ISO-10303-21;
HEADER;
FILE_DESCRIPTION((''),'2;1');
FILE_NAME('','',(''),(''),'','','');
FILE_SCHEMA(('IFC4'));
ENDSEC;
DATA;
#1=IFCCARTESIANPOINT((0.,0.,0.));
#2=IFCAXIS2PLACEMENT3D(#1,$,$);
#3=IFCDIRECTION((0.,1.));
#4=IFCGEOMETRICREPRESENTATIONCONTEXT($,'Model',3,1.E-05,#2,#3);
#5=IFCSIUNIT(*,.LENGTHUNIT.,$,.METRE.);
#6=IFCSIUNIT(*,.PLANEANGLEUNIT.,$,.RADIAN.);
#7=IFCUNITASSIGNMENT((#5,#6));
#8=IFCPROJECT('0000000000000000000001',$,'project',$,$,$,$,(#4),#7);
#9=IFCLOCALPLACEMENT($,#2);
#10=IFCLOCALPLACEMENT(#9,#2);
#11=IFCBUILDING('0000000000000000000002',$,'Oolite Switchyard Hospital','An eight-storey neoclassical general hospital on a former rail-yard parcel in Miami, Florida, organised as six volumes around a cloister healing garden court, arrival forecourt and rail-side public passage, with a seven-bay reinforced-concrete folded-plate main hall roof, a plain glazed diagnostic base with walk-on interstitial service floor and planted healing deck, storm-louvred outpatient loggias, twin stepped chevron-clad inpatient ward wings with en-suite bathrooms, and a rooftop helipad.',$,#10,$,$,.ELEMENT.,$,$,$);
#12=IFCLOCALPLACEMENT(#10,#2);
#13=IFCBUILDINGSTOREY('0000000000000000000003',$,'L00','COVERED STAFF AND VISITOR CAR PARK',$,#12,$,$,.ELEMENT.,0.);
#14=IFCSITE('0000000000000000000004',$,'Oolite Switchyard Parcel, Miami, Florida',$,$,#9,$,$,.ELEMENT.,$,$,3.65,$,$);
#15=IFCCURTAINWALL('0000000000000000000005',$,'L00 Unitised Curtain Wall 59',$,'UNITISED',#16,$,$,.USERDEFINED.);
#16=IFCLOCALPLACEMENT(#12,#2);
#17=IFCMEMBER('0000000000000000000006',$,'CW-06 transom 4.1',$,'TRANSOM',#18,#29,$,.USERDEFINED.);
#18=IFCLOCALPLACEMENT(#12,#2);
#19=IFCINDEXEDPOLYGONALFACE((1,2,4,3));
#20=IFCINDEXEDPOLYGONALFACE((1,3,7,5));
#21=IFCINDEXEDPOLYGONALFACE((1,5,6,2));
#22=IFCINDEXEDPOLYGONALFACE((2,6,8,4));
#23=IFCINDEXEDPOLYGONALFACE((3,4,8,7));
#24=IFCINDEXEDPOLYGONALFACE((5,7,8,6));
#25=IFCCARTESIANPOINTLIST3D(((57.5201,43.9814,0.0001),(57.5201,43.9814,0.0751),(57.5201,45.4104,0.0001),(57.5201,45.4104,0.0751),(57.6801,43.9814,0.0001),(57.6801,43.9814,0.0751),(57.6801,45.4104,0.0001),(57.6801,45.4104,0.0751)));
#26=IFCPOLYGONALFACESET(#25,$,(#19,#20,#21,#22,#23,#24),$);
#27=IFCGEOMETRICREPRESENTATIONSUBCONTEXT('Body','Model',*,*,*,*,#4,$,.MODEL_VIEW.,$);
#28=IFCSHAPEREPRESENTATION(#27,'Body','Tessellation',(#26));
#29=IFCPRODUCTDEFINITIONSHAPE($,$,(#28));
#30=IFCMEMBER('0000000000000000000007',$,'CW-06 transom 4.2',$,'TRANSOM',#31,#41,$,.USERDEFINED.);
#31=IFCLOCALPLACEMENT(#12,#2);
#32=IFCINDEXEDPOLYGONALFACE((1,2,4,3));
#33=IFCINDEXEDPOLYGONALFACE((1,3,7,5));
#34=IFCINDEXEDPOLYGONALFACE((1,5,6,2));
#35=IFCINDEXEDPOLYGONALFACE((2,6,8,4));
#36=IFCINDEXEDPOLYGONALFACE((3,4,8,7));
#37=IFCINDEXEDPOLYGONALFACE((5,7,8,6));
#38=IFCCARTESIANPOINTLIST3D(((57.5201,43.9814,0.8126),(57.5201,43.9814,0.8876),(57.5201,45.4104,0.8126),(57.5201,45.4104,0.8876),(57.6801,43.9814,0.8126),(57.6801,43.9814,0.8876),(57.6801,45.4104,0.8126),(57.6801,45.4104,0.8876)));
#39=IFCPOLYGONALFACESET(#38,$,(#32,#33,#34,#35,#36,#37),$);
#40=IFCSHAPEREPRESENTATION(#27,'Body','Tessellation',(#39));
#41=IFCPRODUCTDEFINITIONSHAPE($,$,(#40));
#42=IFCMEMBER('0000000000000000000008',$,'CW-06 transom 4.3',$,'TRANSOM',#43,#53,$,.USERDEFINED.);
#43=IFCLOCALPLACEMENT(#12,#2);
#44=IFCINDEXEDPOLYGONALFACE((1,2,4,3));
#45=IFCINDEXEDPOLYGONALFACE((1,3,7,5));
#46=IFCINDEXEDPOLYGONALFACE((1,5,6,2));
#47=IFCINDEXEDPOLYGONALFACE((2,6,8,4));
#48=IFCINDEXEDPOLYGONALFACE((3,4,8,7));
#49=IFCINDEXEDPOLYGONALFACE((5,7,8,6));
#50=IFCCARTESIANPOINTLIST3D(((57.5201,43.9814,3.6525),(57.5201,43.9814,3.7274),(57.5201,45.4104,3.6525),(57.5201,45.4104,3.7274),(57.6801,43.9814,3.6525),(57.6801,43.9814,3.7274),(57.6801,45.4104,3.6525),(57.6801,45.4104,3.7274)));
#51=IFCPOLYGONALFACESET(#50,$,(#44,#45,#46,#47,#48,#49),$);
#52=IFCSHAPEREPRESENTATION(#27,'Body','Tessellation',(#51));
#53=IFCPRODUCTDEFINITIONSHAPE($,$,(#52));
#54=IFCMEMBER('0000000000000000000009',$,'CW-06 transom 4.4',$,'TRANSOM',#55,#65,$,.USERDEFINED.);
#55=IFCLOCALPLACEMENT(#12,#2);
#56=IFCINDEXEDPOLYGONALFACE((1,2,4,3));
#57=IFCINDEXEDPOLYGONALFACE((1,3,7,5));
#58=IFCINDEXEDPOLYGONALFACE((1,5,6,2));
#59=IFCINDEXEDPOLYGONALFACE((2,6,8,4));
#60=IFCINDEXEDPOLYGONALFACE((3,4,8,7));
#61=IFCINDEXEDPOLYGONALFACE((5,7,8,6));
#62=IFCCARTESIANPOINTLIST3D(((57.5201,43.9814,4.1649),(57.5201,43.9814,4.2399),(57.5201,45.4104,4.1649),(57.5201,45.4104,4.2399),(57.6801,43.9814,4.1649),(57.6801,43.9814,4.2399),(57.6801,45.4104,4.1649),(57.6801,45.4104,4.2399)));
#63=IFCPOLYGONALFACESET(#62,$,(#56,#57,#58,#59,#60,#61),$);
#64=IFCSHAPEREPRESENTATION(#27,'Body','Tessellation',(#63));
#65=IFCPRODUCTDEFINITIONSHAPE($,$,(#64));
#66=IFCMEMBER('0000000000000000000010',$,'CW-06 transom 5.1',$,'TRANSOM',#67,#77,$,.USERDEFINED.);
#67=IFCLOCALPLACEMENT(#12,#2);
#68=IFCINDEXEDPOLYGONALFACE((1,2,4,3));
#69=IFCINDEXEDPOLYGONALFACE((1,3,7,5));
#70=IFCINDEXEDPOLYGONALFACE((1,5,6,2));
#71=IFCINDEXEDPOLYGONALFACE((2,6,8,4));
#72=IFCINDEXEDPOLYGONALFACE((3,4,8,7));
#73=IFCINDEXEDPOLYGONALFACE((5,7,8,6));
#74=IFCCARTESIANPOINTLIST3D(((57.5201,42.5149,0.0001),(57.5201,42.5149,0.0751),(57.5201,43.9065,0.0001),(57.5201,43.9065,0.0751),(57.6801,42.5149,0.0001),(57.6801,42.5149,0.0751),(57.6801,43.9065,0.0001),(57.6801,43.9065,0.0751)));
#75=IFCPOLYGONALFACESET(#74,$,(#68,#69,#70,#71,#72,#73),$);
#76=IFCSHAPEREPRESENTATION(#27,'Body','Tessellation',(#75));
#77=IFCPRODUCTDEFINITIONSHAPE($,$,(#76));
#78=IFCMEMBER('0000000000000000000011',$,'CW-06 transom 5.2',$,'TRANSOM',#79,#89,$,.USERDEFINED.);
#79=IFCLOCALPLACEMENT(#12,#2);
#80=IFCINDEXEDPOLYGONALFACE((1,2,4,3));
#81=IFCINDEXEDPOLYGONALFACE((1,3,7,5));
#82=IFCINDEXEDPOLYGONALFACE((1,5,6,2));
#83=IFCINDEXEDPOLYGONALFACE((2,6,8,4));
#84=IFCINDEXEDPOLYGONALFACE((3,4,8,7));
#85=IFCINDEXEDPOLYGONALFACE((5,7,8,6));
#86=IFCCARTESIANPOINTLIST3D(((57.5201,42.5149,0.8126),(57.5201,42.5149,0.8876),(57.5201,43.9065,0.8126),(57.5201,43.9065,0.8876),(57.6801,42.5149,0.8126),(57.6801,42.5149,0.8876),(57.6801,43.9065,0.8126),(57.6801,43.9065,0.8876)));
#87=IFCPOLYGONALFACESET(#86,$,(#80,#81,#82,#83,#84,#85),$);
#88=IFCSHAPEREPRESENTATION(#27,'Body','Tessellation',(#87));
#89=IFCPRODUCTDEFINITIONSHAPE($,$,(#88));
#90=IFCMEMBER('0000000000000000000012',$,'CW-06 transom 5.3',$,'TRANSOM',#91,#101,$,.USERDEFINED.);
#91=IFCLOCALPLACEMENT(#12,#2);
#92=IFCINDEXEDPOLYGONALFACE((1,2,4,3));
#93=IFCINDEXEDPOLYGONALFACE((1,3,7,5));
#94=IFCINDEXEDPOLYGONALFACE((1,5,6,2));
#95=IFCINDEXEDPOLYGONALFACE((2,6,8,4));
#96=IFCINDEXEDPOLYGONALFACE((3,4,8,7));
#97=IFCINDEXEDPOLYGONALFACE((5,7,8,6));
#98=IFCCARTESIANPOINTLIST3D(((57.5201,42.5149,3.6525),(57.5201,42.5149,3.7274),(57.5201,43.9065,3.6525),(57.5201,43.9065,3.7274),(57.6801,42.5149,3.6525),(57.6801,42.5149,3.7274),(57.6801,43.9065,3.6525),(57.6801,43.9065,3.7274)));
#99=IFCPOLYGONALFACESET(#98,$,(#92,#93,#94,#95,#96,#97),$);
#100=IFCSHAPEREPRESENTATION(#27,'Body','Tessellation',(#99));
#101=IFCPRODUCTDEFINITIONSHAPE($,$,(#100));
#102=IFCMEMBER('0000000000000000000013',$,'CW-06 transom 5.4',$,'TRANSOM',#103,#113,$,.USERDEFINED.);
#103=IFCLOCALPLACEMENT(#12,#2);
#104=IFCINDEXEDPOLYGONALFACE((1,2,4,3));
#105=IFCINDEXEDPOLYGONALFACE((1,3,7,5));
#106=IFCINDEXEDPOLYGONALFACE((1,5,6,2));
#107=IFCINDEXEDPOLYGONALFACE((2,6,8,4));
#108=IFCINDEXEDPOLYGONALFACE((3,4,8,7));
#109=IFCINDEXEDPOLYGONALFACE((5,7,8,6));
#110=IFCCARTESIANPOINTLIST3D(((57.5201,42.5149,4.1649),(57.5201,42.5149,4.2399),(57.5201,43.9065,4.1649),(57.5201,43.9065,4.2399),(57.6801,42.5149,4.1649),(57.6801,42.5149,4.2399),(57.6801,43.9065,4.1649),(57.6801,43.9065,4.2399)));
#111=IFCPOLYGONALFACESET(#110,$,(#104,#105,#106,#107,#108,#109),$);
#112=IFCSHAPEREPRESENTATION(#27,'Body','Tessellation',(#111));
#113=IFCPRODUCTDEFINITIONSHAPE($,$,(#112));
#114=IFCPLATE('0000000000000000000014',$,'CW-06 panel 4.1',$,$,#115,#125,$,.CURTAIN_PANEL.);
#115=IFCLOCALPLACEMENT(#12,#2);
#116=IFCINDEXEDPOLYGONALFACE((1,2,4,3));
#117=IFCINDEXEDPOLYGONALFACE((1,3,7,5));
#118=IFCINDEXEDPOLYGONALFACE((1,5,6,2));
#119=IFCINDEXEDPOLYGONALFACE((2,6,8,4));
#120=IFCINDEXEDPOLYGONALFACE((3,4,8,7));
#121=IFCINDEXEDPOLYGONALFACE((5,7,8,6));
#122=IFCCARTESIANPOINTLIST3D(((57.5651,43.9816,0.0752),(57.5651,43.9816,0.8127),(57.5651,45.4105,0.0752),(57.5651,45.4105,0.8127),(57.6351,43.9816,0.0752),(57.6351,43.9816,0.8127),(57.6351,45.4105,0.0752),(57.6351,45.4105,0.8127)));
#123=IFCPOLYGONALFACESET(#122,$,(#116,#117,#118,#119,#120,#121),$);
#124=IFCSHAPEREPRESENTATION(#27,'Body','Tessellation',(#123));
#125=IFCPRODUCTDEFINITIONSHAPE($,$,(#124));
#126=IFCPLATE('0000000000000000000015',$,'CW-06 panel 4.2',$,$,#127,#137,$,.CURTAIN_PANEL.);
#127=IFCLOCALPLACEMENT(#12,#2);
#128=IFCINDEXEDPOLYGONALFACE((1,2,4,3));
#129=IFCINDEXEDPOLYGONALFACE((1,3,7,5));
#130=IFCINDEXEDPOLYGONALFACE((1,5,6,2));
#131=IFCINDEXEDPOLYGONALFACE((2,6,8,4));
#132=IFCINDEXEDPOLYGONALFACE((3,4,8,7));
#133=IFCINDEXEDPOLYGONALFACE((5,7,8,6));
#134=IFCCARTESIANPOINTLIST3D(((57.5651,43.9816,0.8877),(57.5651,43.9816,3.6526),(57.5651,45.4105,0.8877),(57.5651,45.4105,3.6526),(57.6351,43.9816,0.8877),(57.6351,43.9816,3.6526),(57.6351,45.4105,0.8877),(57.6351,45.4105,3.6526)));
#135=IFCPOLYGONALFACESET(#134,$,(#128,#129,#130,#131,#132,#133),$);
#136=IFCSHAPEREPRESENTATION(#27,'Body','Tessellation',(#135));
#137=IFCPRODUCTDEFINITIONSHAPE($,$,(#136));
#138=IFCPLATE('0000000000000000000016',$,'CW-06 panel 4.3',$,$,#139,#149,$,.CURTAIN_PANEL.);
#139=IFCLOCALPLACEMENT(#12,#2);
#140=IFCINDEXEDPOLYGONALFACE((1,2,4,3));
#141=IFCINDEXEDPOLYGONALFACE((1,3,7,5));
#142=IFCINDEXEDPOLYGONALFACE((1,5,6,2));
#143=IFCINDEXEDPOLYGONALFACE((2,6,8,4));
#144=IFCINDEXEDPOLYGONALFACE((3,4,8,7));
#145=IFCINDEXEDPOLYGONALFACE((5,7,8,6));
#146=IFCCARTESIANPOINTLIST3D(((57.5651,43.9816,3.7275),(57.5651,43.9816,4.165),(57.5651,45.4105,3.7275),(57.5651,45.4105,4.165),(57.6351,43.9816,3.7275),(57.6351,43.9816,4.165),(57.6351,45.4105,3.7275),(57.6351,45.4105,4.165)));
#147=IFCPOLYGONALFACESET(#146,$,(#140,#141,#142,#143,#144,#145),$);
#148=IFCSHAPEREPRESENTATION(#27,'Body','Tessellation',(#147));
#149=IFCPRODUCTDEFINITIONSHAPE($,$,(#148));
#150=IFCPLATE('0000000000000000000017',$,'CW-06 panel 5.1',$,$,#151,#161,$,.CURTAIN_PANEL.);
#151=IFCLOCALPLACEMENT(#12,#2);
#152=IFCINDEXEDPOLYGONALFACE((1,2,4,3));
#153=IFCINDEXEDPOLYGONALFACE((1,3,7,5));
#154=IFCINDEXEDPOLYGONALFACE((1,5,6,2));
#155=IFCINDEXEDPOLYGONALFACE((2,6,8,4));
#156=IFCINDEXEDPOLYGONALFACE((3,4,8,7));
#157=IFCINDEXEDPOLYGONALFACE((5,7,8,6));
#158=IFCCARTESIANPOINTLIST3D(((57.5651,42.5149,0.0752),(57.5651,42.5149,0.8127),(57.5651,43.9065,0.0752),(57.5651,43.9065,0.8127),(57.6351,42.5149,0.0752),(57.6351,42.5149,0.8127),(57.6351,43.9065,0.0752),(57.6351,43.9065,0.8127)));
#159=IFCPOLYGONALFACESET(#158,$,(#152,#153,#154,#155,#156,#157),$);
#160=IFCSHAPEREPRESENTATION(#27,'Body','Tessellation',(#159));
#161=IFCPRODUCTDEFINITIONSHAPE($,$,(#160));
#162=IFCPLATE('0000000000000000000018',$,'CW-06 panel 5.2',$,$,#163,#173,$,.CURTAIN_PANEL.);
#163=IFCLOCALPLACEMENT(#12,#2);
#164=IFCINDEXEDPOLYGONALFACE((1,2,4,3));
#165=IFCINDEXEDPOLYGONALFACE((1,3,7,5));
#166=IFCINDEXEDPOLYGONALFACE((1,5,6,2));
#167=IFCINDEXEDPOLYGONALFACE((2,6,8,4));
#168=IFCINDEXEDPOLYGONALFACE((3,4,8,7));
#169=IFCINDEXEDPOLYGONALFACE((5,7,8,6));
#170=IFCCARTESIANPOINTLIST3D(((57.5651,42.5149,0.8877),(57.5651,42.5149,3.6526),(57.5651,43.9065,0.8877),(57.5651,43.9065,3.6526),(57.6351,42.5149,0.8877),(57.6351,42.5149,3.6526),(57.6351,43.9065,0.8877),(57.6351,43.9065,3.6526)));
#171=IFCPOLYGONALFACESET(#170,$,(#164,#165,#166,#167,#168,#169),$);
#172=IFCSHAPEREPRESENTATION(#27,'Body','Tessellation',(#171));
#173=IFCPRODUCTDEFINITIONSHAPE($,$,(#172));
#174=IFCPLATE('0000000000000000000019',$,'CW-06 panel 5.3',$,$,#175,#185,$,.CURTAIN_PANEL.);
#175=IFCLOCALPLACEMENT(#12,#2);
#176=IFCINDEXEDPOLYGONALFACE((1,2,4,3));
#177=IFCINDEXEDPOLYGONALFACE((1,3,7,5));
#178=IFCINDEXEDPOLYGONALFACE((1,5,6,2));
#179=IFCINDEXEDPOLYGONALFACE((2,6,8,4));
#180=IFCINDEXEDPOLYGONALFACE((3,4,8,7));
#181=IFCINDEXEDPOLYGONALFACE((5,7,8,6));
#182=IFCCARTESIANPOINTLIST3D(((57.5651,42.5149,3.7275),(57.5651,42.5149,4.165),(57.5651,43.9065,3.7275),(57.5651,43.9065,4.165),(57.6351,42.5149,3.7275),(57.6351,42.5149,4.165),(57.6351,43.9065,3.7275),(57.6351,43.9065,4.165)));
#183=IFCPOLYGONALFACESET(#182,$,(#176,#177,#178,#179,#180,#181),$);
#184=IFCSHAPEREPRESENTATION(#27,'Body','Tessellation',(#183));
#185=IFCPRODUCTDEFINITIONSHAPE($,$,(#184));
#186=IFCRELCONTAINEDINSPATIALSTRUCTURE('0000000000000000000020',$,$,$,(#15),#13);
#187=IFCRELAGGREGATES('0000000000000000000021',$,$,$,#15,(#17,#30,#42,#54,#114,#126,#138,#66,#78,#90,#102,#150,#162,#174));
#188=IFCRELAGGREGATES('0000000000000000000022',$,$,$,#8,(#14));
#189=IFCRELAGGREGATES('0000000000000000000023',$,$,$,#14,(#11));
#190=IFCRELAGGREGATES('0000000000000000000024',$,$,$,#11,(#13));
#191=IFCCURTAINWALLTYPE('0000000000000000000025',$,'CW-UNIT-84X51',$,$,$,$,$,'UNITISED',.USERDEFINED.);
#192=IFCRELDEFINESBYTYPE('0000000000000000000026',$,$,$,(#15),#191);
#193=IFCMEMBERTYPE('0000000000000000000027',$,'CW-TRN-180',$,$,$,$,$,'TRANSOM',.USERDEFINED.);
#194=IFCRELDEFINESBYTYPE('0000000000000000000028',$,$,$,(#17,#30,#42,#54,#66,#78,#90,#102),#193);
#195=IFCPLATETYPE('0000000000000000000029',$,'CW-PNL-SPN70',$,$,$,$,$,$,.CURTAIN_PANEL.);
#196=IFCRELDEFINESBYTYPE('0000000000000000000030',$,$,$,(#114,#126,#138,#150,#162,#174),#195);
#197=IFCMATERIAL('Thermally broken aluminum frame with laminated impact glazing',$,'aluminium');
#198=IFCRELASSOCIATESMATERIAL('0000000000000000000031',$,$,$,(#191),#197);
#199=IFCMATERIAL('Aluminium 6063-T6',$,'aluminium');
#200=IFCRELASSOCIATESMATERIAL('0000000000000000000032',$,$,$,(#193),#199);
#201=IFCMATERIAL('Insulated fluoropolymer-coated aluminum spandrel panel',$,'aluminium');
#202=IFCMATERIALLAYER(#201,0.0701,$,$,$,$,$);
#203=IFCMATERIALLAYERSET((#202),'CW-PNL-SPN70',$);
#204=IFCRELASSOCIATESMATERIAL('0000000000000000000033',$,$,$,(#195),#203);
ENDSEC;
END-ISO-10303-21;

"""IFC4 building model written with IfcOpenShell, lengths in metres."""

from ifc_helpers import new_model, si_unit, direction, frame, origin, origin_2d, place, context, subcontext, project, spatial, rectangle, extrude, material, layer, layer_set, material_profile, profile_set, type_object, element, aggregate, save


model = new_model("IFC4")

# Units and contexts
model_context = context("Model", 3, precision=1e-05, world=origin(), true_north=direction((0.0, 1.0)))
body_context = subcontext(model_context, "Body", "Model", "MODEL_VIEW")
ifc_project = project(units=[si_unit("LENGTHUNIT", "METRE"), si_unit("PLANEANGLEUNIT", "RADIAN")], contexts=[model_context])

# Site, building, storey
site_placement = place(None, origin())
site = spatial("IfcSite", under=ifc_project, at=site_placement, Name="Oolite Switchyard Parcel, Miami, Florida", CompositionType="ELEMENT", RefElevation=3.65)
building_placement = place(site_placement, origin())
building = spatial("IfcBuilding", under=site, at=building_placement, Name="Oolite Switchyard Hospital", Description="An eight-storey neoclassical general hospital on a former rail-yard parcel in Miami, Florida, organised as six volumes around a cloister healing garden court, arrival forecourt and rail-side public passage, with a seven-bay reinforced-concrete folded-plate main hall roof, a plain glazed diagnostic base with walk-on interstitial service floor and planted healing deck, storm-louvred outpatient loggias, twin stepped chevron-clad inpatient ward wings with en-suite bathrooms, and a rooftop helipad.", CompositionType="ELEMENT")
storey_placement = place(building_placement, origin())
storey = spatial("IfcBuildingStorey", under=building, at=storey_placement, Name="L00", Description="COVERED STAFF AND VISITOR CAR PARK", CompositionType="ELEMENT", Elevation=0.0)

# Curtain wall, members, plates
ifc_material_1 = material(Name="Thermally broken aluminum frame with laminated impact glazing", Category="aluminium")
curtain_wall_type = type_object("IfcCurtainWallType", Name="CW-UNIT-84X51", ElementType="UNITISED", PredefinedType="USERDEFINED", material=ifc_material_1)
curtain_wall_placement = place(storey_placement, origin())
curtain_wall = element("IfcCurtainWall", 1, at=curtain_wall_placement, inside=storey, type_object=curtain_wall_type, Name="L00 Unitised Curtain Wall 59", ObjectType="UNITISED", PredefinedType="USERDEFINED")
ifc_material_2 = material(Name="Aluminium 6063-T6", Category="aluminium")
ifc_material_profile_1 = material_profile(ifc_material_2, rectangle(XDim=0.1599, YDim=0.075, at=origin_2d()), Name="CWT75X160")
ifc_profile_set_1 = profile_set([ifc_material_profile_1], Name="Aluminium 6063-T6")
member_type_1 = type_object("IfcMemberType", Name="CW-TRN-180", ElementType="TRANSOM", PredefinedType="USERDEFINED", material=ifc_profile_set_1)
member_1_placement = place(storey_placement, frame((57.6001, 45.4104, 0.0376), z_axis=(0.0, -1.0, 0.0), x_axis=(1.0, 0.0, 0.0)))
member_1 = element("IfcMember", 2, at=member_1_placement, type_object=member_type_1, Name="CW-06 transom 4.1", ObjectType="TRANSOM", PredefinedType="USERDEFINED", context=body_context, shape_type="SweptSolid", body=[
    extrude(rectangle(XDim=0.1599, YDim=0.075, at=origin_2d()), origin(), (0.0, 0.0, 1.0), 1.429),
])
member_2_placement = place(storey_placement, frame((57.6001, 45.4104, 0.8501), z_axis=(0.0, -1.0, 0.0), x_axis=(1.0, 0.0, 0.0)))
member_2 = element("IfcMember", 3, at=member_2_placement, type_object=member_type_1, Name="CW-06 transom 4.2", ObjectType="TRANSOM", PredefinedType="USERDEFINED", context=body_context, shape_type="SweptSolid", body=[
    extrude(rectangle(XDim=0.1599, YDim=0.075, at=origin_2d()), origin(), (0.0, 0.0, 1.0), 1.429),
])
member_3_placement = place(storey_placement, frame((57.6001, 45.4104, 3.6899), z_axis=(0.0, -1.0, 0.0), x_axis=(1.0, 0.0, 0.0)))
member_3 = element("IfcMember", 4, at=member_3_placement, type_object=member_type_1, Name="CW-06 transom 4.3", ObjectType="TRANSOM", PredefinedType="USERDEFINED", context=body_context, shape_type="SweptSolid", body=[
    extrude(rectangle(XDim=0.1599, YDim=0.075, at=origin_2d()), origin(), (0.0, 0.0, 1.0), 1.429),
])
member_4_placement = place(storey_placement, frame((57.6001, 45.4104, 4.2024), z_axis=(0.0, -1.0, 0.0), x_axis=(1.0, 0.0, 0.0)))
member_4 = element("IfcMember", 5, at=member_4_placement, type_object=member_type_1, Name="CW-06 transom 4.4", ObjectType="TRANSOM", PredefinedType="USERDEFINED", context=body_context, shape_type="SweptSolid", body=[
    extrude(rectangle(XDim=0.1599, YDim=0.075, at=origin_2d()), origin(), (0.0, 0.0, 1.0), 1.429),
])
member_5_placement = place(storey_placement, frame((57.6001, 43.9065, 0.0376), z_axis=(0.0, -1.0, 0.0), x_axis=(1.0, 0.0, 0.0)))
member_5 = element("IfcMember", 6, at=member_5_placement, type_object=member_type_1, Name="CW-06 transom 5.1", ObjectType="TRANSOM", PredefinedType="USERDEFINED", context=body_context, shape_type="SweptSolid", body=[
    extrude(rectangle(XDim=0.1599, YDim=0.075, at=origin_2d()), origin(), (0.0, 0.0, 1.0), 1.3916),
])
member_6_placement = place(storey_placement, frame((57.6001, 43.9065, 0.8501), z_axis=(0.0, -1.0, 0.0), x_axis=(1.0, 0.0, 0.0)))
member_6 = element("IfcMember", 7, at=member_6_placement, type_object=member_type_1, Name="CW-06 transom 5.2", ObjectType="TRANSOM", PredefinedType="USERDEFINED", context=body_context, shape_type="SweptSolid", body=[
    extrude(rectangle(XDim=0.1599, YDim=0.075, at=origin_2d()), origin(), (0.0, 0.0, 1.0), 1.3916),
])
member_7_placement = place(storey_placement, frame((57.6001, 43.9065, 3.6899), z_axis=(0.0, -1.0, 0.0), x_axis=(1.0, 0.0, 0.0)))
member_7 = element("IfcMember", 8, at=member_7_placement, type_object=member_type_1, Name="CW-06 transom 5.3", ObjectType="TRANSOM", PredefinedType="USERDEFINED", context=body_context, shape_type="SweptSolid", body=[
    extrude(rectangle(XDim=0.1599, YDim=0.075, at=origin_2d()), origin(), (0.0, 0.0, 1.0), 1.3916),
])
member_8_placement = place(storey_placement, frame((57.6001, 43.9065, 4.2024), z_axis=(0.0, -1.0, 0.0), x_axis=(1.0, 0.0, 0.0)))
member_8 = element("IfcMember", 9, at=member_8_placement, type_object=member_type_1, Name="CW-06 transom 5.4", ObjectType="TRANSOM", PredefinedType="USERDEFINED", context=body_context, shape_type="SweptSolid", body=[
    extrude(rectangle(XDim=0.1599, YDim=0.075, at=origin_2d()), origin(), (0.0, 0.0, 1.0), 1.3916),
])
ifc_material_3 = material(Name="Insulated fluoropolymer-coated aluminum spandrel panel", Category="aluminium")
ifc_layer_1 = layer(ifc_material_3, 0.0701)
ifc_layer_set_1 = layer_set([ifc_layer_1], Name="CW-PNL-SPN70")
plate_type = type_object("IfcPlateType", Name="CW-PNL-SPN70", PredefinedType="CURTAIN_PANEL", material=ifc_layer_set_1)
plate_1_placement = place(storey_placement, frame((57.6001, 44.696, 0.0752), z_axis=(0.0, 0.0, 1.0), x_axis=(0.0, -1.0, 0.0)))
plate_1 = element("IfcPlate", 10, at=plate_1_placement, type_object=plate_type, Name="CW-06 panel 4.1", PredefinedType="CURTAIN_PANEL", context=body_context, shape_type="SweptSolid", body=[
    extrude(rectangle(XDim=1.429, YDim=0.0701, at=origin_2d()), origin(), (0.0, 0.0, 1.0), 0.7375),
])
plate_2_placement = place(storey_placement, frame((57.6001, 44.696, 0.8877), z_axis=(0.0, 0.0, 1.0), x_axis=(0.0, -1.0, 0.0)))
plate_2 = element("IfcPlate", 11, at=plate_2_placement, type_object=plate_type, Name="CW-06 panel 4.2", PredefinedType="CURTAIN_PANEL", context=body_context, shape_type="SweptSolid", body=[
    extrude(rectangle(XDim=1.429, YDim=0.0701, at=origin_2d()), origin(), (0.0, 0.0, 1.0), 2.7649),
])
plate_3_placement = place(storey_placement, frame((57.6001, 44.696, 3.7275), z_axis=(0.0, 0.0, 1.0), x_axis=(0.0, -1.0, 0.0)))
plate_3 = element("IfcPlate", 12, at=plate_3_placement, type_object=plate_type, Name="CW-06 panel 4.3", PredefinedType="CURTAIN_PANEL", context=body_context, shape_type="SweptSolid", body=[
    extrude(rectangle(XDim=1.429, YDim=0.0701, at=origin_2d()), origin(), (0.0, 0.0, 1.0), 0.4375),
])
plate_4_placement = place(storey_placement, frame((57.6001, 43.2107, 0.0752), z_axis=(0.0, 0.0, 1.0), x_axis=(0.0, -1.0, 0.0)))
plate_4 = element("IfcPlate", 13, at=plate_4_placement, type_object=plate_type, Name="CW-06 panel 5.1", PredefinedType="CURTAIN_PANEL", context=body_context, shape_type="SweptSolid", body=[
    extrude(rectangle(XDim=1.3916, YDim=0.0701, at=origin_2d()), origin(), (0.0, 0.0, 1.0), 0.7375),
])
plate_5_placement = place(storey_placement, frame((57.6001, 43.2107, 0.8877), z_axis=(0.0, 0.0, 1.0), x_axis=(0.0, -1.0, 0.0)))
plate_5 = element("IfcPlate", 14, at=plate_5_placement, type_object=plate_type, Name="CW-06 panel 5.2", PredefinedType="CURTAIN_PANEL", context=body_context, shape_type="SweptSolid", body=[
    extrude(rectangle(XDim=1.3916, YDim=0.0701, at=origin_2d()), origin(), (0.0, 0.0, 1.0), 2.7649),
])
plate_6_placement = place(storey_placement, frame((57.6001, 43.2107, 3.7275), z_axis=(0.0, 0.0, 1.0), x_axis=(0.0, -1.0, 0.0)))
plate_6 = element("IfcPlate", 15, at=plate_6_placement, type_object=plate_type, Name="CW-06 panel 5.3", PredefinedType="CURTAIN_PANEL", context=body_context, shape_type="SweptSolid", body=[
    extrude(rectangle(XDim=1.3916, YDim=0.0701, at=origin_2d()), origin(), (0.0, 0.0, 1.0), 0.4375),
])
aggregate(curtain_wall, [member_1, member_2, member_3, member_4, plate_1, plate_2, plate_3, member_5, member_6, member_7, member_8, plate_4, plate_5, plate_6])

save(model, "model.ifc")
